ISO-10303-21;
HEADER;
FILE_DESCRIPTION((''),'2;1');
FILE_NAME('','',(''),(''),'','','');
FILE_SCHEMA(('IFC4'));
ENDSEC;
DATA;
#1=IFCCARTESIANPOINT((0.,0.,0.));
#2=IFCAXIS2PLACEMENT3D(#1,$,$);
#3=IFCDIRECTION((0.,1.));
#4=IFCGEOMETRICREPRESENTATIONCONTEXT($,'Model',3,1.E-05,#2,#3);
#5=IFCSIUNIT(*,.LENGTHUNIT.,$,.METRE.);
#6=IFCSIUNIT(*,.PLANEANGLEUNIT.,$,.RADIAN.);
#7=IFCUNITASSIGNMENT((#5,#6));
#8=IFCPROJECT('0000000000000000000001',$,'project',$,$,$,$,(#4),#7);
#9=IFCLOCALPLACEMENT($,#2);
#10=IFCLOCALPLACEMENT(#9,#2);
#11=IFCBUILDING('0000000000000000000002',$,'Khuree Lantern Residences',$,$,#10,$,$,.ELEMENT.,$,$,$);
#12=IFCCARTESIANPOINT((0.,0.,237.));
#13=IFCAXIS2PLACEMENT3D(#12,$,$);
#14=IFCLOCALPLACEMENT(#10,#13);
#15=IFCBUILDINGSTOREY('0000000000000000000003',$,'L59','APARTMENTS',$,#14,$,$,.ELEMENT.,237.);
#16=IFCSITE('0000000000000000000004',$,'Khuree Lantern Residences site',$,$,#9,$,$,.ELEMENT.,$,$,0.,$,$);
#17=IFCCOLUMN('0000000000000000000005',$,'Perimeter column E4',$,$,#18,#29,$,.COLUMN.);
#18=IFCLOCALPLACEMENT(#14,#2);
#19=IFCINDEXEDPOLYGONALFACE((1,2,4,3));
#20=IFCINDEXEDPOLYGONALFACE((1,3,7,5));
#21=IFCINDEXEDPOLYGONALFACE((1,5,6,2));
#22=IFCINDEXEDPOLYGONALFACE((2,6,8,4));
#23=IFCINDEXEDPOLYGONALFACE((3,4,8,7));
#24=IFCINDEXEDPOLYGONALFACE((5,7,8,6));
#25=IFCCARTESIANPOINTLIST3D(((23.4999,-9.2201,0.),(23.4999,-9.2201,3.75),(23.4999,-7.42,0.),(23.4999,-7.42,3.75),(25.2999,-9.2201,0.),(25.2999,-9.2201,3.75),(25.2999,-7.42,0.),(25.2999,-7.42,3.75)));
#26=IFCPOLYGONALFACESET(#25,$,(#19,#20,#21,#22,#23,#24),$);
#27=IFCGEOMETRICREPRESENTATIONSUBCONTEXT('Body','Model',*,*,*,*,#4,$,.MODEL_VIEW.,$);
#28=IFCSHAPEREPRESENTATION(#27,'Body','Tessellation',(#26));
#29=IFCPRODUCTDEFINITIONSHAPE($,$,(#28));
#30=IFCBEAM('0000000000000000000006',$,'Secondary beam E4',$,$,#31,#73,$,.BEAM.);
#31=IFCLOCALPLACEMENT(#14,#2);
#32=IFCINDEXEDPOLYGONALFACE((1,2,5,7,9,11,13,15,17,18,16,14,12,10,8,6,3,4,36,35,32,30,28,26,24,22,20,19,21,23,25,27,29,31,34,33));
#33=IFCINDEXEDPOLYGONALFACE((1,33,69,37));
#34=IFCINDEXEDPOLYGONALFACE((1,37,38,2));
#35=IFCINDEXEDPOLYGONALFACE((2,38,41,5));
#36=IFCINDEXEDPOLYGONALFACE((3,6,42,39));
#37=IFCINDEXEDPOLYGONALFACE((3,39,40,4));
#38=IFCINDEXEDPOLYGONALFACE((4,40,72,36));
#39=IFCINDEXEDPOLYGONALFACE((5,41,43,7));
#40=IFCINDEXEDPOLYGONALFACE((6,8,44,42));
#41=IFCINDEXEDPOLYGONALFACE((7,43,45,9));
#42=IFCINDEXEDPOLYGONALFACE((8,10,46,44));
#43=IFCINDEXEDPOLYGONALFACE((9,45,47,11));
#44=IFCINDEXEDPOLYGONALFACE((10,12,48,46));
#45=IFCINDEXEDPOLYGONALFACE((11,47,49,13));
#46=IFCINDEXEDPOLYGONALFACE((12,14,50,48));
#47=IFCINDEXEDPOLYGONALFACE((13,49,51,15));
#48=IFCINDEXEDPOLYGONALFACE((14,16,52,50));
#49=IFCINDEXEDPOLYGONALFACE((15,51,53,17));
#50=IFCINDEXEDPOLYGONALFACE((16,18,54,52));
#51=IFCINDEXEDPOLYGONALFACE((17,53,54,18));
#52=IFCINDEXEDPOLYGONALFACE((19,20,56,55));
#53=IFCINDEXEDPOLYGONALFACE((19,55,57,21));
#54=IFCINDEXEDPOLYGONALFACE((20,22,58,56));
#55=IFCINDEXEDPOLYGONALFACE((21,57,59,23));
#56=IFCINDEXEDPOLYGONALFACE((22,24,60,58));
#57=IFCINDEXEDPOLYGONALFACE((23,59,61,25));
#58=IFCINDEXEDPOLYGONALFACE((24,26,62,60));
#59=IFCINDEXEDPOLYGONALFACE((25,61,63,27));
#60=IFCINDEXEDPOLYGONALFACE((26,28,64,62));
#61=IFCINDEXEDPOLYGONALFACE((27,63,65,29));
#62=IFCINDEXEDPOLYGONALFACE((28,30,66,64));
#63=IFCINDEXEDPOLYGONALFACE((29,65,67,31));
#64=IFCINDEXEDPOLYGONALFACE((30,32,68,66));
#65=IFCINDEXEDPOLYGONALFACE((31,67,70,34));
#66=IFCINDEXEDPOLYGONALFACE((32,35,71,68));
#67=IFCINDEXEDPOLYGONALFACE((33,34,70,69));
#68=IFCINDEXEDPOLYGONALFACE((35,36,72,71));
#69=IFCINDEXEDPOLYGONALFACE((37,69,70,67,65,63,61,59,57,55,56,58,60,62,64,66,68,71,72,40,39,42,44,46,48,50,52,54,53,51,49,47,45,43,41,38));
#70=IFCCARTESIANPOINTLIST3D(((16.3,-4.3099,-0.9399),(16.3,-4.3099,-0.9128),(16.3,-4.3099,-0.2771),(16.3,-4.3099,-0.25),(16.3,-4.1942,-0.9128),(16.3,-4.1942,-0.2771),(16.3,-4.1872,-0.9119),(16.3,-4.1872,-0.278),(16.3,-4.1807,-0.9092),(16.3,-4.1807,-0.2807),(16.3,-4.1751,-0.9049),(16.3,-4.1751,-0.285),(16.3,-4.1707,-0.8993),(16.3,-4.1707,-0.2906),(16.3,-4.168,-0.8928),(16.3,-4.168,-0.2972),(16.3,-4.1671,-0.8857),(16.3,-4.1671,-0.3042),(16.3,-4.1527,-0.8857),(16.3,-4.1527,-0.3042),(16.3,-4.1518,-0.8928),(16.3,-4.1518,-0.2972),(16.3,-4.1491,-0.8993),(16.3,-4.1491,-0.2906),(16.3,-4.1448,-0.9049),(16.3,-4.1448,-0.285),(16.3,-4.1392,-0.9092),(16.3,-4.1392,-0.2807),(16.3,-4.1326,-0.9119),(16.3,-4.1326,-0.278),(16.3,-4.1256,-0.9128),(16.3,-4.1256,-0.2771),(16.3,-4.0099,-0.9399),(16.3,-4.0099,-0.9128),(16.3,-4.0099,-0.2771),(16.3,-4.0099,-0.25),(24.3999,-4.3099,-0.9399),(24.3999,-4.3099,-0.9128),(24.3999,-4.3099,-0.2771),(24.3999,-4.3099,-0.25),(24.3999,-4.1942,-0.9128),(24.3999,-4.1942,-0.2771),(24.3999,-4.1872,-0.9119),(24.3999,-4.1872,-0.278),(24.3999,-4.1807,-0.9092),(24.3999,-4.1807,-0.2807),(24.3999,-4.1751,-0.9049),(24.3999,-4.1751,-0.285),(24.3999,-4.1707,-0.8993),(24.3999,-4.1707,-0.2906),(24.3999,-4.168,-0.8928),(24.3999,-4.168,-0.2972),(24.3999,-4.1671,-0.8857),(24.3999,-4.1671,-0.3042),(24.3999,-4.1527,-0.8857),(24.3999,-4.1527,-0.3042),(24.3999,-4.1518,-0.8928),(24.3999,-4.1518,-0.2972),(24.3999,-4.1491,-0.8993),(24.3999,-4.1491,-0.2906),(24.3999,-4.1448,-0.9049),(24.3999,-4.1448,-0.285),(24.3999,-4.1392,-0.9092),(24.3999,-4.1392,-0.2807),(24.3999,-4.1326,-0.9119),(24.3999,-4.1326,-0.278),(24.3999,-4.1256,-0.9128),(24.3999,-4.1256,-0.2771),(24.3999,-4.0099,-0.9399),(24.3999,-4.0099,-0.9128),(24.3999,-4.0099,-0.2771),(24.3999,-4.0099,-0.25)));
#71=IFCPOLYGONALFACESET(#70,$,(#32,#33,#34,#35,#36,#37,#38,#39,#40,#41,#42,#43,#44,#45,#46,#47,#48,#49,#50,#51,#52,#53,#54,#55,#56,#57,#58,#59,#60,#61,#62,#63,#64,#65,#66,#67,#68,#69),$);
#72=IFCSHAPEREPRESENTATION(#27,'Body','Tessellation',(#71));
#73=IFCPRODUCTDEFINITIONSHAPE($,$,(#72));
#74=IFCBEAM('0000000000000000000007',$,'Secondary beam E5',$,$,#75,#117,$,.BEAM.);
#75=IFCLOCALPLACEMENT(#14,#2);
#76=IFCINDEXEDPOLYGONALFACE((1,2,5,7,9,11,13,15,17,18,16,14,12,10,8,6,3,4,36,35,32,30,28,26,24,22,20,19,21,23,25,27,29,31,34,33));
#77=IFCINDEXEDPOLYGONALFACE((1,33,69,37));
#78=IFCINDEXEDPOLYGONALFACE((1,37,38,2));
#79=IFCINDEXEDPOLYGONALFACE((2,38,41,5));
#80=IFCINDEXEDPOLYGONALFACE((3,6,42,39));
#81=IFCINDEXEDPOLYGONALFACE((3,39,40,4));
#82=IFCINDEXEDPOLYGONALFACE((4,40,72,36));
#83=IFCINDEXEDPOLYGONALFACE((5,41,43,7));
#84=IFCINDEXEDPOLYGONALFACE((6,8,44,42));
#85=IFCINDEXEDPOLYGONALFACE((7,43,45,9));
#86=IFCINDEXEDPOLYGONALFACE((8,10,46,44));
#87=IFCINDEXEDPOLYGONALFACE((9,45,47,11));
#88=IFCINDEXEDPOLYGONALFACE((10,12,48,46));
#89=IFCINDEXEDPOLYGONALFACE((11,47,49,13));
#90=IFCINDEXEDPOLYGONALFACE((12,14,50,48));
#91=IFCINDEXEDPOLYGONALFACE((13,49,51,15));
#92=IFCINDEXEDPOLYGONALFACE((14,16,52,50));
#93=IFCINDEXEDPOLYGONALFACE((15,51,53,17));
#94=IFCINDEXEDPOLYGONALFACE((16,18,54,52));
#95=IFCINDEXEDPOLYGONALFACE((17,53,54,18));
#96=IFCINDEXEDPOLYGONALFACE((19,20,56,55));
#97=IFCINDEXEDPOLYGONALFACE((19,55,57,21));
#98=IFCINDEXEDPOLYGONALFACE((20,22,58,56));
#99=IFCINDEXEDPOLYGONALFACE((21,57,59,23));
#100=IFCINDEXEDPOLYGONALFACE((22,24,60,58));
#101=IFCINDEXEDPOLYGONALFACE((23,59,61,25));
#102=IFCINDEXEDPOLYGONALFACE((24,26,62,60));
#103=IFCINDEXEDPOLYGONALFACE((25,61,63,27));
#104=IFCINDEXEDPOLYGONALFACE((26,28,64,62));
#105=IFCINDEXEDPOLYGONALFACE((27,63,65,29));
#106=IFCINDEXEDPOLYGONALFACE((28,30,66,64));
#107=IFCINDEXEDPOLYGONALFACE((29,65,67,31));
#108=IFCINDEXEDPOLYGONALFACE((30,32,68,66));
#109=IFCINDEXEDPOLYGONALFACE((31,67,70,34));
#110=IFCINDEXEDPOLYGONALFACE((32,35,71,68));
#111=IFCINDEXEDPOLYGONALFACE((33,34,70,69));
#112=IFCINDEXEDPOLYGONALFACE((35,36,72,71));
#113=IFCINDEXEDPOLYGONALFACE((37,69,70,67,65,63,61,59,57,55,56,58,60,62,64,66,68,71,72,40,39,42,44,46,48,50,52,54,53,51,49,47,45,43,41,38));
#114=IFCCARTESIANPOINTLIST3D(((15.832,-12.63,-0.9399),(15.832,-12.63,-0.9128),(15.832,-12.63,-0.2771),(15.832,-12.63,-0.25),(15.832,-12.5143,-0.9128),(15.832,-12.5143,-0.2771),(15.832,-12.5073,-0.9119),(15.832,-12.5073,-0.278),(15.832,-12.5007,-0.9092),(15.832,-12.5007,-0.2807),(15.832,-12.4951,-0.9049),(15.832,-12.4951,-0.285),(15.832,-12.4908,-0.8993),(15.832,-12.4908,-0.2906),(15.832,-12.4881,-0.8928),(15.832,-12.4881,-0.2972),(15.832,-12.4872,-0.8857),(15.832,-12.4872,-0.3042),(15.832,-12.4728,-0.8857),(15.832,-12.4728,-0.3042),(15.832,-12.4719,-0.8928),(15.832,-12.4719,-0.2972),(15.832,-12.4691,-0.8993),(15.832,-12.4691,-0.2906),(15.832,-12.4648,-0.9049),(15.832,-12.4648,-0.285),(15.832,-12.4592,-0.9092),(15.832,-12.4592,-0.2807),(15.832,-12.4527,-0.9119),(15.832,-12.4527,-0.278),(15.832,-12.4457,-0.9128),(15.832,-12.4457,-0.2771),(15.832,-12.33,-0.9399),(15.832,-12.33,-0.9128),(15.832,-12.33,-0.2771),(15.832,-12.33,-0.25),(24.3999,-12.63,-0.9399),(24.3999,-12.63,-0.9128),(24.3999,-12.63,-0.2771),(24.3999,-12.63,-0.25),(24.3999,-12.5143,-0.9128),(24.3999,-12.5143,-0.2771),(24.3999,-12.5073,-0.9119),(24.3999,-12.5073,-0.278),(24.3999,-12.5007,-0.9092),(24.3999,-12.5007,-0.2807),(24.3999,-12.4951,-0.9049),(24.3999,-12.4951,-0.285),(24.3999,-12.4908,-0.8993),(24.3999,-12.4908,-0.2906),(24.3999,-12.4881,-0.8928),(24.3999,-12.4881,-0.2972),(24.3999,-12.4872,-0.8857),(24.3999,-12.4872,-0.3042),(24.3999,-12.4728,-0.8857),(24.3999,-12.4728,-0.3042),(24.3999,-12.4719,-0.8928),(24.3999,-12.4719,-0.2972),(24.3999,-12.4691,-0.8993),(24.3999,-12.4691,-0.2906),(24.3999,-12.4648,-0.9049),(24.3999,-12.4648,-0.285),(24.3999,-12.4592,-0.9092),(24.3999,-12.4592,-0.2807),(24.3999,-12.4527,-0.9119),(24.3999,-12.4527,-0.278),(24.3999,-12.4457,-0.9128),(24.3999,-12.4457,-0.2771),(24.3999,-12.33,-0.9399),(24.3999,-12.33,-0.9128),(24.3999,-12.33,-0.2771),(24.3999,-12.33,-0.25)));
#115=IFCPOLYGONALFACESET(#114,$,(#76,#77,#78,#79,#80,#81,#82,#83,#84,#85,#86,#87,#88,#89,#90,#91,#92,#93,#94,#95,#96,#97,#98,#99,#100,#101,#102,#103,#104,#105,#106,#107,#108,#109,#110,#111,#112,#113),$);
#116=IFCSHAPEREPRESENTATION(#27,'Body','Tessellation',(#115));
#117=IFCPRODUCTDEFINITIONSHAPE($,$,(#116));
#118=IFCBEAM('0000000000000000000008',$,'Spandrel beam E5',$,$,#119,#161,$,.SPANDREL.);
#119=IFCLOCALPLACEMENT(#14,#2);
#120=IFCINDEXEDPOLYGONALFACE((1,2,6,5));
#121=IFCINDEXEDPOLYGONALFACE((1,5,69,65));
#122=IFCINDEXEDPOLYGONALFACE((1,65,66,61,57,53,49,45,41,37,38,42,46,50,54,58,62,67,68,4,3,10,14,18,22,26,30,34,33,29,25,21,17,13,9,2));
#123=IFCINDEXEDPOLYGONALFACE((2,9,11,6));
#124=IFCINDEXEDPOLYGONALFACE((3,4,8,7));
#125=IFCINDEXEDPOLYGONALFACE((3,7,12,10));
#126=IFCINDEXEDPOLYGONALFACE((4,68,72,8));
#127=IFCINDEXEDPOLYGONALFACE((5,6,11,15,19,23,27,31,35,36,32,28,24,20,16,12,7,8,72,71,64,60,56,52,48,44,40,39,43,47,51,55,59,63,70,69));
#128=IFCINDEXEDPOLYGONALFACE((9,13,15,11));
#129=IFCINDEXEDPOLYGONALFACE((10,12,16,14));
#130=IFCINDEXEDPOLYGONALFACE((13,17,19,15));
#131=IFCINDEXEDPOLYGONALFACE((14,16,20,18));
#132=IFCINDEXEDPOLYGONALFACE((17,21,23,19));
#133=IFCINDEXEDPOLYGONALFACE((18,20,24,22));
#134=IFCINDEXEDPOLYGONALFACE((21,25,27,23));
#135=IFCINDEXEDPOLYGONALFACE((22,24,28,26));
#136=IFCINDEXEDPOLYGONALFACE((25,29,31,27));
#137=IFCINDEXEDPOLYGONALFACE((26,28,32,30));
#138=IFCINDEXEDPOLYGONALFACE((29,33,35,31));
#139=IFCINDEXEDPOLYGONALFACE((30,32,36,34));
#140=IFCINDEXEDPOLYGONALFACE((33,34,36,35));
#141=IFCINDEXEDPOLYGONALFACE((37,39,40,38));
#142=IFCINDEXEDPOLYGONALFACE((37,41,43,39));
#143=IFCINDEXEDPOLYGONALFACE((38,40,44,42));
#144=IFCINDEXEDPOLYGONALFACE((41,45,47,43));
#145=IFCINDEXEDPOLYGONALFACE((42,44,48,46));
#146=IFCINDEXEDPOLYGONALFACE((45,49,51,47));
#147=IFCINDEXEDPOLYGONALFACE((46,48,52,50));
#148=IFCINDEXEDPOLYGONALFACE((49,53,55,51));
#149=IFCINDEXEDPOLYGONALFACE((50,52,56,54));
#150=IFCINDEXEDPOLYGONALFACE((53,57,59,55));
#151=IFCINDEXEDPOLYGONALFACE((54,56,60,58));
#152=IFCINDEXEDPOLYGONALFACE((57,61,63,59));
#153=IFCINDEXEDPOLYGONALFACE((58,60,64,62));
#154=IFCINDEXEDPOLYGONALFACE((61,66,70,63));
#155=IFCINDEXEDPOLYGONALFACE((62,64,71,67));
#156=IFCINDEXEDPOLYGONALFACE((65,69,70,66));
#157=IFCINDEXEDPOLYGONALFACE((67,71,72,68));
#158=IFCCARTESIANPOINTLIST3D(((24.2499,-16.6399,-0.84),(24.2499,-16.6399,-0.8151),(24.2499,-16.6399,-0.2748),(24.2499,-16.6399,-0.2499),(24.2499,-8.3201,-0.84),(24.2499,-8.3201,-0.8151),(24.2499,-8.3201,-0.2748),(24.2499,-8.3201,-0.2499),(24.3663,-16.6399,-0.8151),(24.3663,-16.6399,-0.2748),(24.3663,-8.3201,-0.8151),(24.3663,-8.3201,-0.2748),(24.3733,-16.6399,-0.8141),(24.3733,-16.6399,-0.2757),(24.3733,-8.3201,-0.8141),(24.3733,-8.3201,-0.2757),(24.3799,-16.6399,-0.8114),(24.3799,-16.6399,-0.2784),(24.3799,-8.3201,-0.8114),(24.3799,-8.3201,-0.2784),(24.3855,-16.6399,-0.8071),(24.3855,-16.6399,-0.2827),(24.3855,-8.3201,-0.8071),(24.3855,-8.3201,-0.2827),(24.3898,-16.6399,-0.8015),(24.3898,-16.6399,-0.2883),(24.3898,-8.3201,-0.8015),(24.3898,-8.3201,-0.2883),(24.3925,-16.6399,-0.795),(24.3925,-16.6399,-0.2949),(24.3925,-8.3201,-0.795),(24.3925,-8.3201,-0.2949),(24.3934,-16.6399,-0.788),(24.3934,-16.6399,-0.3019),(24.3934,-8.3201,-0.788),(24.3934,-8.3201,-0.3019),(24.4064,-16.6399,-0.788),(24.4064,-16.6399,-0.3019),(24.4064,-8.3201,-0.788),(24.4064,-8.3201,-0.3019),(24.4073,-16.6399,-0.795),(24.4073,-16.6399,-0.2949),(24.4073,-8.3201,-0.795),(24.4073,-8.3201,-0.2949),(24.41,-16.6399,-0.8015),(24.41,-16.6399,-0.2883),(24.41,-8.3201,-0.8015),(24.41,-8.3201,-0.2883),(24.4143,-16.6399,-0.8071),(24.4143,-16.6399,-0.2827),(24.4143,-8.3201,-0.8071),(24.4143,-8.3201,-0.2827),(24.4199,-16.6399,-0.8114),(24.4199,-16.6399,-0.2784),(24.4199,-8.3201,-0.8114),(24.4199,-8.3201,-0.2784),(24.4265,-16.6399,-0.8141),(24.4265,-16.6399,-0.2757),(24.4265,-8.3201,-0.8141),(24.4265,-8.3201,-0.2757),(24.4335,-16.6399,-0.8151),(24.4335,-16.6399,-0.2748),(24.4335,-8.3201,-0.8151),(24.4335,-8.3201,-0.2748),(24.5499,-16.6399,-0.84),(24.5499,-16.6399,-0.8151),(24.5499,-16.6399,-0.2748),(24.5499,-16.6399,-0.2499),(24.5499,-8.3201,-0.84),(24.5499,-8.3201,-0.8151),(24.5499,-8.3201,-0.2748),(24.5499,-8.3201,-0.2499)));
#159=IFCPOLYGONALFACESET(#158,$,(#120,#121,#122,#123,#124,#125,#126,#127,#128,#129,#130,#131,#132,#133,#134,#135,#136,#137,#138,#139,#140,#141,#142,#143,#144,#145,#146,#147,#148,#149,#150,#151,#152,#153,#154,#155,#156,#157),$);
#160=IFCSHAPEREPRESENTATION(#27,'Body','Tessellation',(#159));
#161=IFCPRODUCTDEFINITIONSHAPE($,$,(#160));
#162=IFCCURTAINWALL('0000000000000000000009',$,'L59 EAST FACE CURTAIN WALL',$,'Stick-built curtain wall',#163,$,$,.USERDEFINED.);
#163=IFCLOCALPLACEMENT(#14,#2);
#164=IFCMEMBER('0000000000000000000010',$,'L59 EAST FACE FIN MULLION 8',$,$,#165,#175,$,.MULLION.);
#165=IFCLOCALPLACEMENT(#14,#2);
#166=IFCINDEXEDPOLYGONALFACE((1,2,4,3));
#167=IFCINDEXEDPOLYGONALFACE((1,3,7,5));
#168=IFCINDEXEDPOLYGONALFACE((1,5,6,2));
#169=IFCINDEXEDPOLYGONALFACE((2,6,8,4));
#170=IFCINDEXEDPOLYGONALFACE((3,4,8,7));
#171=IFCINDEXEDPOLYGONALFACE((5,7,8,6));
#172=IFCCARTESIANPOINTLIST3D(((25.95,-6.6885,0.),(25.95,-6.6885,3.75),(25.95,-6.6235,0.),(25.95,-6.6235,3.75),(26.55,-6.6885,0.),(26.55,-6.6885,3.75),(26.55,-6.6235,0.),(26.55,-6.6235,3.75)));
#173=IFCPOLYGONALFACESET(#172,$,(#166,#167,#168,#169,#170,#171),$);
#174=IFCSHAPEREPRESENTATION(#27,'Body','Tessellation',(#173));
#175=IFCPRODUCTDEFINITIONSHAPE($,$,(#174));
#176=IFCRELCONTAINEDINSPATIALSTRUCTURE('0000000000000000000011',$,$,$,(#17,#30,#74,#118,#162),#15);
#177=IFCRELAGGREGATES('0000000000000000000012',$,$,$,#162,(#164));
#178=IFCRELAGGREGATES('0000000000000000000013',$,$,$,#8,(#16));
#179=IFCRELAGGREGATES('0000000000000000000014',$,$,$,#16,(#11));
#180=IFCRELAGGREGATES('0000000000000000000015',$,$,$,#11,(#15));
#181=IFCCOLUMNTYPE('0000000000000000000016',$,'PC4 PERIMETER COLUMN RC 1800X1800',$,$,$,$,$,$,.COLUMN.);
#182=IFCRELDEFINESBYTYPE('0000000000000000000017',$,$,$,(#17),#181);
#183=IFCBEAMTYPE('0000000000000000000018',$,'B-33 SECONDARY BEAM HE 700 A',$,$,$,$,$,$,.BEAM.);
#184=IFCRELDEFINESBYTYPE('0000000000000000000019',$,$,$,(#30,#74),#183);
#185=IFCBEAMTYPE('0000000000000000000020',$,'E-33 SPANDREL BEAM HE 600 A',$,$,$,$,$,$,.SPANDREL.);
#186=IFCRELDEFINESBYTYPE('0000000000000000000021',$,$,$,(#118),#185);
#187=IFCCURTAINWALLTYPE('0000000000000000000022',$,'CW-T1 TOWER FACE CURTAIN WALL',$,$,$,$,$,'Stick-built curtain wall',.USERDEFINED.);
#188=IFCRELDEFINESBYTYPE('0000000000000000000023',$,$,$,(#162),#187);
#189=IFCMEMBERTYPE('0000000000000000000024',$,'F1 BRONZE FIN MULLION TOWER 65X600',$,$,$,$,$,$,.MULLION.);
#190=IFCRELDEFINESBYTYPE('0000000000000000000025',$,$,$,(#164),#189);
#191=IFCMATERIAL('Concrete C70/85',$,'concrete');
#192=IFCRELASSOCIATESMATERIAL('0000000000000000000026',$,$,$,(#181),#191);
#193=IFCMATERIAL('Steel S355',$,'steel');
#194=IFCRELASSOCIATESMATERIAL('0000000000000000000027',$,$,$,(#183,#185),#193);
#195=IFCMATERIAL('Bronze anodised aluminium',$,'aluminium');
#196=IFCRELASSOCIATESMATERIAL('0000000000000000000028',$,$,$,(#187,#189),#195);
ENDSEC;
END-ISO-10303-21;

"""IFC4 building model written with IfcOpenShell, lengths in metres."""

from ifc_helpers import new_model, si_unit, direction, frame, origin, origin_2d, place, context, subcontext, project, spatial, rectangle, i_section, extrude, material, material_profile, profile_set, type_object, element, aggregate, save


model = new_model("IFC4")

# Units and contexts
model_context = context("Model", 3, precision=1e-05, world=origin(), true_north=direction((0.0, 1.0)))
body_context = subcontext(model_context, "Body", "Model", "MODEL_VIEW")
ifc_project = project(units=[si_unit("LENGTHUNIT", "METRE"), si_unit("PLANEANGLEUNIT", "RADIAN")], contexts=[model_context])

# Site, building, storey
site_placement = place(None, origin())
site = spatial("IfcSite", under=ifc_project, at=site_placement, Name="Khuree Lantern Residences site", CompositionType="ELEMENT", RefElevation=0.0)
building_placement = place(site_placement, origin())
building = spatial("IfcBuilding", under=site, at=building_placement, Name="Khuree Lantern Residences", CompositionType="ELEMENT")
storey_placement = place(building_placement, frame((0.0, 0.0, 237.0)))
storey = spatial("IfcBuildingStorey", under=building, at=storey_placement, Name="L59", Description="APARTMENTS", CompositionType="ELEMENT", Elevation=237.0)

# Column
ifc_material_1 = material(Name="Concrete C70/85", Category="concrete")
ifc_material_profile_1 = material_profile(ifc_material_1, rectangle(XDim=1.8, YDim=1.8, at=origin_2d()), Name="RC 1800X1800")
ifc_profile_set_1 = profile_set([ifc_material_profile_1], Name="Concrete C70/85")
column_type = type_object("IfcColumnType", Name="PC4 PERIMETER COLUMN RC 1800X1800", PredefinedType="COLUMN", material=ifc_profile_set_1)
column_placement = place(storey_placement, frame((24.3999, -8.3201, 0.0), z_axis=(0.0, 0.0, 1.0), x_axis=(0.0, 1.0, 0.0)))
element("IfcColumn", 1, at=column_placement, inside=storey, type_object=column_type, Name="Perimeter column E4", PredefinedType="COLUMN", context=body_context, shape_type="SweptSolid", body=[
    extrude(rectangle(XDim=1.8, YDim=1.8, at=origin_2d()), origin(), (0.0, 0.0, 1.0), 3.75),
])

# Beams
ifc_material_2 = material(Name="Steel S355", Category="steel")
ifc_material_profile_2 = material_profile(ifc_material_2, i_section(OverallWidth=0.3, OverallDepth=0.6899, WebThickness=0.0144, FlangeThickness=0.0271, FilletRadius=0.0271, at=origin_2d()), Name="HE 700 A")
ifc_profile_set_2 = profile_set([ifc_material_profile_2], Name="Steel S355")
beam_type_1 = type_object("IfcBeamType", Name="B-33 SECONDARY BEAM HE 700 A", PredefinedType="BEAM", material=ifc_profile_set_2)
beam_1_placement = place(storey_placement, frame((24.3999, -4.1599, -0.595), z_axis=(-1.0, 0.0, 0.0), x_axis=(0.0, -1.0, 0.0)))
element("IfcBeam", 2, at=beam_1_placement, inside=storey, type_object=beam_type_1, Name="Secondary beam E4", PredefinedType="BEAM", context=body_context, shape_type="SweptSolid", body=[
    extrude(i_section(OverallWidth=0.3, OverallDepth=0.6899, WebThickness=0.0144, FlangeThickness=0.0271, FilletRadius=0.0271, at=origin_2d()), origin(), (0.0, 0.0, 1.0), 8.0999),
])
beam_2_placement = place(storey_placement, frame((24.3999, -12.48, -0.595), z_axis=(-1.0, 0.0, 0.0), x_axis=(0.0, -1.0, 0.0)))
element("IfcBeam", 3, at=beam_2_placement, inside=storey, type_object=beam_type_1, Name="Secondary beam E5", PredefinedType="BEAM", context=body_context, shape_type="SweptSolid", body=[
    extrude(i_section(OverallWidth=0.3, OverallDepth=0.6899, WebThickness=0.0144, FlangeThickness=0.0271, FilletRadius=0.0271, at=origin_2d()), origin(), (0.0, 0.0, 1.0), 8.5679),
])
ifc_material_profile_3 = material_profile(ifc_material_2, i_section(OverallWidth=0.3, OverallDepth=0.5901, WebThickness=0.0129, FlangeThickness=0.0249, FilletRadius=0.0271, at=origin_2d()), Name="HE 600 A")
ifc_profile_set_3 = profile_set([ifc_material_profile_3], Name="Steel S355")
beam_type_2 = type_object("IfcBeamType", Name="E-33 SPANDREL BEAM HE 600 A", PredefinedType="SPANDREL", material=ifc_profile_set_3)
beam_3_placement = place(storey_placement, frame((24.3999, -8.3201, -0.5449), z_axis=(0.0, -1.0, 0.0), x_axis=(1.0, 0.0, 0.0)))
element("IfcBeam", 4, at=beam_3_placement, inside=storey, type_object=beam_type_2, Name="Spandrel beam E5", PredefinedType="SPANDREL", context=body_context, shape_type="SweptSolid", body=[
    extrude(i_section(OverallWidth=0.3, OverallDepth=0.5901, WebThickness=0.0129, FlangeThickness=0.0249, FilletRadius=0.0271, at=origin_2d()), origin(), (0.0, 0.0, 1.0), 8.3198),
])

# Curtain wall, member
ifc_material_3 = material(Name="Bronze anodised aluminium", Category="aluminium")
curtain_wall_type = type_object("IfcCurtainWallType", Name="CW-T1 TOWER FACE CURTAIN WALL", ElementType="Stick-built curtain wall", PredefinedType="USERDEFINED", material=ifc_material_3)
curtain_wall_placement = place(storey_placement, origin())
curtain_wall = element("IfcCurtainWall", 5, at=curtain_wall_placement, inside=storey, type_object=curtain_wall_type, Name="L59 EAST FACE CURTAIN WALL", ObjectType="Stick-built curtain wall", PredefinedType="USERDEFINED")
ifc_material_profile_4 = material_profile(ifc_material_3, rectangle(XDim=0.0649, YDim=0.6001, at=origin_2d()), Name="F1 65X600")
ifc_profile_set_4 = profile_set([ifc_material_profile_4], Name="Bronze anodised aluminium")
member_type_1 = type_object("IfcMemberType", Name="F1 BRONZE FIN MULLION TOWER 65X600", PredefinedType="MULLION", material=ifc_profile_set_4)
member_1_placement = place(storey_placement, frame((26.25, -6.656, 0.0), z_axis=(0.0, 0.0, 1.0), x_axis=(0.0, 1.0, 0.0)))
member_1 = element("IfcMember", 6, at=member_1_placement, type_object=member_type_1, Name="L59 EAST FACE FIN MULLION 8", PredefinedType="MULLION", context=body_context, shape_type="SweptSolid", body=[
    extrude(rectangle(XDim=0.0649, YDim=0.6001, at=origin_2d()), origin(), (0.0, 0.0, 1.0), 3.75),
])

aggregate(curtain_wall, [member_1])

save(model, "model.ifc")
